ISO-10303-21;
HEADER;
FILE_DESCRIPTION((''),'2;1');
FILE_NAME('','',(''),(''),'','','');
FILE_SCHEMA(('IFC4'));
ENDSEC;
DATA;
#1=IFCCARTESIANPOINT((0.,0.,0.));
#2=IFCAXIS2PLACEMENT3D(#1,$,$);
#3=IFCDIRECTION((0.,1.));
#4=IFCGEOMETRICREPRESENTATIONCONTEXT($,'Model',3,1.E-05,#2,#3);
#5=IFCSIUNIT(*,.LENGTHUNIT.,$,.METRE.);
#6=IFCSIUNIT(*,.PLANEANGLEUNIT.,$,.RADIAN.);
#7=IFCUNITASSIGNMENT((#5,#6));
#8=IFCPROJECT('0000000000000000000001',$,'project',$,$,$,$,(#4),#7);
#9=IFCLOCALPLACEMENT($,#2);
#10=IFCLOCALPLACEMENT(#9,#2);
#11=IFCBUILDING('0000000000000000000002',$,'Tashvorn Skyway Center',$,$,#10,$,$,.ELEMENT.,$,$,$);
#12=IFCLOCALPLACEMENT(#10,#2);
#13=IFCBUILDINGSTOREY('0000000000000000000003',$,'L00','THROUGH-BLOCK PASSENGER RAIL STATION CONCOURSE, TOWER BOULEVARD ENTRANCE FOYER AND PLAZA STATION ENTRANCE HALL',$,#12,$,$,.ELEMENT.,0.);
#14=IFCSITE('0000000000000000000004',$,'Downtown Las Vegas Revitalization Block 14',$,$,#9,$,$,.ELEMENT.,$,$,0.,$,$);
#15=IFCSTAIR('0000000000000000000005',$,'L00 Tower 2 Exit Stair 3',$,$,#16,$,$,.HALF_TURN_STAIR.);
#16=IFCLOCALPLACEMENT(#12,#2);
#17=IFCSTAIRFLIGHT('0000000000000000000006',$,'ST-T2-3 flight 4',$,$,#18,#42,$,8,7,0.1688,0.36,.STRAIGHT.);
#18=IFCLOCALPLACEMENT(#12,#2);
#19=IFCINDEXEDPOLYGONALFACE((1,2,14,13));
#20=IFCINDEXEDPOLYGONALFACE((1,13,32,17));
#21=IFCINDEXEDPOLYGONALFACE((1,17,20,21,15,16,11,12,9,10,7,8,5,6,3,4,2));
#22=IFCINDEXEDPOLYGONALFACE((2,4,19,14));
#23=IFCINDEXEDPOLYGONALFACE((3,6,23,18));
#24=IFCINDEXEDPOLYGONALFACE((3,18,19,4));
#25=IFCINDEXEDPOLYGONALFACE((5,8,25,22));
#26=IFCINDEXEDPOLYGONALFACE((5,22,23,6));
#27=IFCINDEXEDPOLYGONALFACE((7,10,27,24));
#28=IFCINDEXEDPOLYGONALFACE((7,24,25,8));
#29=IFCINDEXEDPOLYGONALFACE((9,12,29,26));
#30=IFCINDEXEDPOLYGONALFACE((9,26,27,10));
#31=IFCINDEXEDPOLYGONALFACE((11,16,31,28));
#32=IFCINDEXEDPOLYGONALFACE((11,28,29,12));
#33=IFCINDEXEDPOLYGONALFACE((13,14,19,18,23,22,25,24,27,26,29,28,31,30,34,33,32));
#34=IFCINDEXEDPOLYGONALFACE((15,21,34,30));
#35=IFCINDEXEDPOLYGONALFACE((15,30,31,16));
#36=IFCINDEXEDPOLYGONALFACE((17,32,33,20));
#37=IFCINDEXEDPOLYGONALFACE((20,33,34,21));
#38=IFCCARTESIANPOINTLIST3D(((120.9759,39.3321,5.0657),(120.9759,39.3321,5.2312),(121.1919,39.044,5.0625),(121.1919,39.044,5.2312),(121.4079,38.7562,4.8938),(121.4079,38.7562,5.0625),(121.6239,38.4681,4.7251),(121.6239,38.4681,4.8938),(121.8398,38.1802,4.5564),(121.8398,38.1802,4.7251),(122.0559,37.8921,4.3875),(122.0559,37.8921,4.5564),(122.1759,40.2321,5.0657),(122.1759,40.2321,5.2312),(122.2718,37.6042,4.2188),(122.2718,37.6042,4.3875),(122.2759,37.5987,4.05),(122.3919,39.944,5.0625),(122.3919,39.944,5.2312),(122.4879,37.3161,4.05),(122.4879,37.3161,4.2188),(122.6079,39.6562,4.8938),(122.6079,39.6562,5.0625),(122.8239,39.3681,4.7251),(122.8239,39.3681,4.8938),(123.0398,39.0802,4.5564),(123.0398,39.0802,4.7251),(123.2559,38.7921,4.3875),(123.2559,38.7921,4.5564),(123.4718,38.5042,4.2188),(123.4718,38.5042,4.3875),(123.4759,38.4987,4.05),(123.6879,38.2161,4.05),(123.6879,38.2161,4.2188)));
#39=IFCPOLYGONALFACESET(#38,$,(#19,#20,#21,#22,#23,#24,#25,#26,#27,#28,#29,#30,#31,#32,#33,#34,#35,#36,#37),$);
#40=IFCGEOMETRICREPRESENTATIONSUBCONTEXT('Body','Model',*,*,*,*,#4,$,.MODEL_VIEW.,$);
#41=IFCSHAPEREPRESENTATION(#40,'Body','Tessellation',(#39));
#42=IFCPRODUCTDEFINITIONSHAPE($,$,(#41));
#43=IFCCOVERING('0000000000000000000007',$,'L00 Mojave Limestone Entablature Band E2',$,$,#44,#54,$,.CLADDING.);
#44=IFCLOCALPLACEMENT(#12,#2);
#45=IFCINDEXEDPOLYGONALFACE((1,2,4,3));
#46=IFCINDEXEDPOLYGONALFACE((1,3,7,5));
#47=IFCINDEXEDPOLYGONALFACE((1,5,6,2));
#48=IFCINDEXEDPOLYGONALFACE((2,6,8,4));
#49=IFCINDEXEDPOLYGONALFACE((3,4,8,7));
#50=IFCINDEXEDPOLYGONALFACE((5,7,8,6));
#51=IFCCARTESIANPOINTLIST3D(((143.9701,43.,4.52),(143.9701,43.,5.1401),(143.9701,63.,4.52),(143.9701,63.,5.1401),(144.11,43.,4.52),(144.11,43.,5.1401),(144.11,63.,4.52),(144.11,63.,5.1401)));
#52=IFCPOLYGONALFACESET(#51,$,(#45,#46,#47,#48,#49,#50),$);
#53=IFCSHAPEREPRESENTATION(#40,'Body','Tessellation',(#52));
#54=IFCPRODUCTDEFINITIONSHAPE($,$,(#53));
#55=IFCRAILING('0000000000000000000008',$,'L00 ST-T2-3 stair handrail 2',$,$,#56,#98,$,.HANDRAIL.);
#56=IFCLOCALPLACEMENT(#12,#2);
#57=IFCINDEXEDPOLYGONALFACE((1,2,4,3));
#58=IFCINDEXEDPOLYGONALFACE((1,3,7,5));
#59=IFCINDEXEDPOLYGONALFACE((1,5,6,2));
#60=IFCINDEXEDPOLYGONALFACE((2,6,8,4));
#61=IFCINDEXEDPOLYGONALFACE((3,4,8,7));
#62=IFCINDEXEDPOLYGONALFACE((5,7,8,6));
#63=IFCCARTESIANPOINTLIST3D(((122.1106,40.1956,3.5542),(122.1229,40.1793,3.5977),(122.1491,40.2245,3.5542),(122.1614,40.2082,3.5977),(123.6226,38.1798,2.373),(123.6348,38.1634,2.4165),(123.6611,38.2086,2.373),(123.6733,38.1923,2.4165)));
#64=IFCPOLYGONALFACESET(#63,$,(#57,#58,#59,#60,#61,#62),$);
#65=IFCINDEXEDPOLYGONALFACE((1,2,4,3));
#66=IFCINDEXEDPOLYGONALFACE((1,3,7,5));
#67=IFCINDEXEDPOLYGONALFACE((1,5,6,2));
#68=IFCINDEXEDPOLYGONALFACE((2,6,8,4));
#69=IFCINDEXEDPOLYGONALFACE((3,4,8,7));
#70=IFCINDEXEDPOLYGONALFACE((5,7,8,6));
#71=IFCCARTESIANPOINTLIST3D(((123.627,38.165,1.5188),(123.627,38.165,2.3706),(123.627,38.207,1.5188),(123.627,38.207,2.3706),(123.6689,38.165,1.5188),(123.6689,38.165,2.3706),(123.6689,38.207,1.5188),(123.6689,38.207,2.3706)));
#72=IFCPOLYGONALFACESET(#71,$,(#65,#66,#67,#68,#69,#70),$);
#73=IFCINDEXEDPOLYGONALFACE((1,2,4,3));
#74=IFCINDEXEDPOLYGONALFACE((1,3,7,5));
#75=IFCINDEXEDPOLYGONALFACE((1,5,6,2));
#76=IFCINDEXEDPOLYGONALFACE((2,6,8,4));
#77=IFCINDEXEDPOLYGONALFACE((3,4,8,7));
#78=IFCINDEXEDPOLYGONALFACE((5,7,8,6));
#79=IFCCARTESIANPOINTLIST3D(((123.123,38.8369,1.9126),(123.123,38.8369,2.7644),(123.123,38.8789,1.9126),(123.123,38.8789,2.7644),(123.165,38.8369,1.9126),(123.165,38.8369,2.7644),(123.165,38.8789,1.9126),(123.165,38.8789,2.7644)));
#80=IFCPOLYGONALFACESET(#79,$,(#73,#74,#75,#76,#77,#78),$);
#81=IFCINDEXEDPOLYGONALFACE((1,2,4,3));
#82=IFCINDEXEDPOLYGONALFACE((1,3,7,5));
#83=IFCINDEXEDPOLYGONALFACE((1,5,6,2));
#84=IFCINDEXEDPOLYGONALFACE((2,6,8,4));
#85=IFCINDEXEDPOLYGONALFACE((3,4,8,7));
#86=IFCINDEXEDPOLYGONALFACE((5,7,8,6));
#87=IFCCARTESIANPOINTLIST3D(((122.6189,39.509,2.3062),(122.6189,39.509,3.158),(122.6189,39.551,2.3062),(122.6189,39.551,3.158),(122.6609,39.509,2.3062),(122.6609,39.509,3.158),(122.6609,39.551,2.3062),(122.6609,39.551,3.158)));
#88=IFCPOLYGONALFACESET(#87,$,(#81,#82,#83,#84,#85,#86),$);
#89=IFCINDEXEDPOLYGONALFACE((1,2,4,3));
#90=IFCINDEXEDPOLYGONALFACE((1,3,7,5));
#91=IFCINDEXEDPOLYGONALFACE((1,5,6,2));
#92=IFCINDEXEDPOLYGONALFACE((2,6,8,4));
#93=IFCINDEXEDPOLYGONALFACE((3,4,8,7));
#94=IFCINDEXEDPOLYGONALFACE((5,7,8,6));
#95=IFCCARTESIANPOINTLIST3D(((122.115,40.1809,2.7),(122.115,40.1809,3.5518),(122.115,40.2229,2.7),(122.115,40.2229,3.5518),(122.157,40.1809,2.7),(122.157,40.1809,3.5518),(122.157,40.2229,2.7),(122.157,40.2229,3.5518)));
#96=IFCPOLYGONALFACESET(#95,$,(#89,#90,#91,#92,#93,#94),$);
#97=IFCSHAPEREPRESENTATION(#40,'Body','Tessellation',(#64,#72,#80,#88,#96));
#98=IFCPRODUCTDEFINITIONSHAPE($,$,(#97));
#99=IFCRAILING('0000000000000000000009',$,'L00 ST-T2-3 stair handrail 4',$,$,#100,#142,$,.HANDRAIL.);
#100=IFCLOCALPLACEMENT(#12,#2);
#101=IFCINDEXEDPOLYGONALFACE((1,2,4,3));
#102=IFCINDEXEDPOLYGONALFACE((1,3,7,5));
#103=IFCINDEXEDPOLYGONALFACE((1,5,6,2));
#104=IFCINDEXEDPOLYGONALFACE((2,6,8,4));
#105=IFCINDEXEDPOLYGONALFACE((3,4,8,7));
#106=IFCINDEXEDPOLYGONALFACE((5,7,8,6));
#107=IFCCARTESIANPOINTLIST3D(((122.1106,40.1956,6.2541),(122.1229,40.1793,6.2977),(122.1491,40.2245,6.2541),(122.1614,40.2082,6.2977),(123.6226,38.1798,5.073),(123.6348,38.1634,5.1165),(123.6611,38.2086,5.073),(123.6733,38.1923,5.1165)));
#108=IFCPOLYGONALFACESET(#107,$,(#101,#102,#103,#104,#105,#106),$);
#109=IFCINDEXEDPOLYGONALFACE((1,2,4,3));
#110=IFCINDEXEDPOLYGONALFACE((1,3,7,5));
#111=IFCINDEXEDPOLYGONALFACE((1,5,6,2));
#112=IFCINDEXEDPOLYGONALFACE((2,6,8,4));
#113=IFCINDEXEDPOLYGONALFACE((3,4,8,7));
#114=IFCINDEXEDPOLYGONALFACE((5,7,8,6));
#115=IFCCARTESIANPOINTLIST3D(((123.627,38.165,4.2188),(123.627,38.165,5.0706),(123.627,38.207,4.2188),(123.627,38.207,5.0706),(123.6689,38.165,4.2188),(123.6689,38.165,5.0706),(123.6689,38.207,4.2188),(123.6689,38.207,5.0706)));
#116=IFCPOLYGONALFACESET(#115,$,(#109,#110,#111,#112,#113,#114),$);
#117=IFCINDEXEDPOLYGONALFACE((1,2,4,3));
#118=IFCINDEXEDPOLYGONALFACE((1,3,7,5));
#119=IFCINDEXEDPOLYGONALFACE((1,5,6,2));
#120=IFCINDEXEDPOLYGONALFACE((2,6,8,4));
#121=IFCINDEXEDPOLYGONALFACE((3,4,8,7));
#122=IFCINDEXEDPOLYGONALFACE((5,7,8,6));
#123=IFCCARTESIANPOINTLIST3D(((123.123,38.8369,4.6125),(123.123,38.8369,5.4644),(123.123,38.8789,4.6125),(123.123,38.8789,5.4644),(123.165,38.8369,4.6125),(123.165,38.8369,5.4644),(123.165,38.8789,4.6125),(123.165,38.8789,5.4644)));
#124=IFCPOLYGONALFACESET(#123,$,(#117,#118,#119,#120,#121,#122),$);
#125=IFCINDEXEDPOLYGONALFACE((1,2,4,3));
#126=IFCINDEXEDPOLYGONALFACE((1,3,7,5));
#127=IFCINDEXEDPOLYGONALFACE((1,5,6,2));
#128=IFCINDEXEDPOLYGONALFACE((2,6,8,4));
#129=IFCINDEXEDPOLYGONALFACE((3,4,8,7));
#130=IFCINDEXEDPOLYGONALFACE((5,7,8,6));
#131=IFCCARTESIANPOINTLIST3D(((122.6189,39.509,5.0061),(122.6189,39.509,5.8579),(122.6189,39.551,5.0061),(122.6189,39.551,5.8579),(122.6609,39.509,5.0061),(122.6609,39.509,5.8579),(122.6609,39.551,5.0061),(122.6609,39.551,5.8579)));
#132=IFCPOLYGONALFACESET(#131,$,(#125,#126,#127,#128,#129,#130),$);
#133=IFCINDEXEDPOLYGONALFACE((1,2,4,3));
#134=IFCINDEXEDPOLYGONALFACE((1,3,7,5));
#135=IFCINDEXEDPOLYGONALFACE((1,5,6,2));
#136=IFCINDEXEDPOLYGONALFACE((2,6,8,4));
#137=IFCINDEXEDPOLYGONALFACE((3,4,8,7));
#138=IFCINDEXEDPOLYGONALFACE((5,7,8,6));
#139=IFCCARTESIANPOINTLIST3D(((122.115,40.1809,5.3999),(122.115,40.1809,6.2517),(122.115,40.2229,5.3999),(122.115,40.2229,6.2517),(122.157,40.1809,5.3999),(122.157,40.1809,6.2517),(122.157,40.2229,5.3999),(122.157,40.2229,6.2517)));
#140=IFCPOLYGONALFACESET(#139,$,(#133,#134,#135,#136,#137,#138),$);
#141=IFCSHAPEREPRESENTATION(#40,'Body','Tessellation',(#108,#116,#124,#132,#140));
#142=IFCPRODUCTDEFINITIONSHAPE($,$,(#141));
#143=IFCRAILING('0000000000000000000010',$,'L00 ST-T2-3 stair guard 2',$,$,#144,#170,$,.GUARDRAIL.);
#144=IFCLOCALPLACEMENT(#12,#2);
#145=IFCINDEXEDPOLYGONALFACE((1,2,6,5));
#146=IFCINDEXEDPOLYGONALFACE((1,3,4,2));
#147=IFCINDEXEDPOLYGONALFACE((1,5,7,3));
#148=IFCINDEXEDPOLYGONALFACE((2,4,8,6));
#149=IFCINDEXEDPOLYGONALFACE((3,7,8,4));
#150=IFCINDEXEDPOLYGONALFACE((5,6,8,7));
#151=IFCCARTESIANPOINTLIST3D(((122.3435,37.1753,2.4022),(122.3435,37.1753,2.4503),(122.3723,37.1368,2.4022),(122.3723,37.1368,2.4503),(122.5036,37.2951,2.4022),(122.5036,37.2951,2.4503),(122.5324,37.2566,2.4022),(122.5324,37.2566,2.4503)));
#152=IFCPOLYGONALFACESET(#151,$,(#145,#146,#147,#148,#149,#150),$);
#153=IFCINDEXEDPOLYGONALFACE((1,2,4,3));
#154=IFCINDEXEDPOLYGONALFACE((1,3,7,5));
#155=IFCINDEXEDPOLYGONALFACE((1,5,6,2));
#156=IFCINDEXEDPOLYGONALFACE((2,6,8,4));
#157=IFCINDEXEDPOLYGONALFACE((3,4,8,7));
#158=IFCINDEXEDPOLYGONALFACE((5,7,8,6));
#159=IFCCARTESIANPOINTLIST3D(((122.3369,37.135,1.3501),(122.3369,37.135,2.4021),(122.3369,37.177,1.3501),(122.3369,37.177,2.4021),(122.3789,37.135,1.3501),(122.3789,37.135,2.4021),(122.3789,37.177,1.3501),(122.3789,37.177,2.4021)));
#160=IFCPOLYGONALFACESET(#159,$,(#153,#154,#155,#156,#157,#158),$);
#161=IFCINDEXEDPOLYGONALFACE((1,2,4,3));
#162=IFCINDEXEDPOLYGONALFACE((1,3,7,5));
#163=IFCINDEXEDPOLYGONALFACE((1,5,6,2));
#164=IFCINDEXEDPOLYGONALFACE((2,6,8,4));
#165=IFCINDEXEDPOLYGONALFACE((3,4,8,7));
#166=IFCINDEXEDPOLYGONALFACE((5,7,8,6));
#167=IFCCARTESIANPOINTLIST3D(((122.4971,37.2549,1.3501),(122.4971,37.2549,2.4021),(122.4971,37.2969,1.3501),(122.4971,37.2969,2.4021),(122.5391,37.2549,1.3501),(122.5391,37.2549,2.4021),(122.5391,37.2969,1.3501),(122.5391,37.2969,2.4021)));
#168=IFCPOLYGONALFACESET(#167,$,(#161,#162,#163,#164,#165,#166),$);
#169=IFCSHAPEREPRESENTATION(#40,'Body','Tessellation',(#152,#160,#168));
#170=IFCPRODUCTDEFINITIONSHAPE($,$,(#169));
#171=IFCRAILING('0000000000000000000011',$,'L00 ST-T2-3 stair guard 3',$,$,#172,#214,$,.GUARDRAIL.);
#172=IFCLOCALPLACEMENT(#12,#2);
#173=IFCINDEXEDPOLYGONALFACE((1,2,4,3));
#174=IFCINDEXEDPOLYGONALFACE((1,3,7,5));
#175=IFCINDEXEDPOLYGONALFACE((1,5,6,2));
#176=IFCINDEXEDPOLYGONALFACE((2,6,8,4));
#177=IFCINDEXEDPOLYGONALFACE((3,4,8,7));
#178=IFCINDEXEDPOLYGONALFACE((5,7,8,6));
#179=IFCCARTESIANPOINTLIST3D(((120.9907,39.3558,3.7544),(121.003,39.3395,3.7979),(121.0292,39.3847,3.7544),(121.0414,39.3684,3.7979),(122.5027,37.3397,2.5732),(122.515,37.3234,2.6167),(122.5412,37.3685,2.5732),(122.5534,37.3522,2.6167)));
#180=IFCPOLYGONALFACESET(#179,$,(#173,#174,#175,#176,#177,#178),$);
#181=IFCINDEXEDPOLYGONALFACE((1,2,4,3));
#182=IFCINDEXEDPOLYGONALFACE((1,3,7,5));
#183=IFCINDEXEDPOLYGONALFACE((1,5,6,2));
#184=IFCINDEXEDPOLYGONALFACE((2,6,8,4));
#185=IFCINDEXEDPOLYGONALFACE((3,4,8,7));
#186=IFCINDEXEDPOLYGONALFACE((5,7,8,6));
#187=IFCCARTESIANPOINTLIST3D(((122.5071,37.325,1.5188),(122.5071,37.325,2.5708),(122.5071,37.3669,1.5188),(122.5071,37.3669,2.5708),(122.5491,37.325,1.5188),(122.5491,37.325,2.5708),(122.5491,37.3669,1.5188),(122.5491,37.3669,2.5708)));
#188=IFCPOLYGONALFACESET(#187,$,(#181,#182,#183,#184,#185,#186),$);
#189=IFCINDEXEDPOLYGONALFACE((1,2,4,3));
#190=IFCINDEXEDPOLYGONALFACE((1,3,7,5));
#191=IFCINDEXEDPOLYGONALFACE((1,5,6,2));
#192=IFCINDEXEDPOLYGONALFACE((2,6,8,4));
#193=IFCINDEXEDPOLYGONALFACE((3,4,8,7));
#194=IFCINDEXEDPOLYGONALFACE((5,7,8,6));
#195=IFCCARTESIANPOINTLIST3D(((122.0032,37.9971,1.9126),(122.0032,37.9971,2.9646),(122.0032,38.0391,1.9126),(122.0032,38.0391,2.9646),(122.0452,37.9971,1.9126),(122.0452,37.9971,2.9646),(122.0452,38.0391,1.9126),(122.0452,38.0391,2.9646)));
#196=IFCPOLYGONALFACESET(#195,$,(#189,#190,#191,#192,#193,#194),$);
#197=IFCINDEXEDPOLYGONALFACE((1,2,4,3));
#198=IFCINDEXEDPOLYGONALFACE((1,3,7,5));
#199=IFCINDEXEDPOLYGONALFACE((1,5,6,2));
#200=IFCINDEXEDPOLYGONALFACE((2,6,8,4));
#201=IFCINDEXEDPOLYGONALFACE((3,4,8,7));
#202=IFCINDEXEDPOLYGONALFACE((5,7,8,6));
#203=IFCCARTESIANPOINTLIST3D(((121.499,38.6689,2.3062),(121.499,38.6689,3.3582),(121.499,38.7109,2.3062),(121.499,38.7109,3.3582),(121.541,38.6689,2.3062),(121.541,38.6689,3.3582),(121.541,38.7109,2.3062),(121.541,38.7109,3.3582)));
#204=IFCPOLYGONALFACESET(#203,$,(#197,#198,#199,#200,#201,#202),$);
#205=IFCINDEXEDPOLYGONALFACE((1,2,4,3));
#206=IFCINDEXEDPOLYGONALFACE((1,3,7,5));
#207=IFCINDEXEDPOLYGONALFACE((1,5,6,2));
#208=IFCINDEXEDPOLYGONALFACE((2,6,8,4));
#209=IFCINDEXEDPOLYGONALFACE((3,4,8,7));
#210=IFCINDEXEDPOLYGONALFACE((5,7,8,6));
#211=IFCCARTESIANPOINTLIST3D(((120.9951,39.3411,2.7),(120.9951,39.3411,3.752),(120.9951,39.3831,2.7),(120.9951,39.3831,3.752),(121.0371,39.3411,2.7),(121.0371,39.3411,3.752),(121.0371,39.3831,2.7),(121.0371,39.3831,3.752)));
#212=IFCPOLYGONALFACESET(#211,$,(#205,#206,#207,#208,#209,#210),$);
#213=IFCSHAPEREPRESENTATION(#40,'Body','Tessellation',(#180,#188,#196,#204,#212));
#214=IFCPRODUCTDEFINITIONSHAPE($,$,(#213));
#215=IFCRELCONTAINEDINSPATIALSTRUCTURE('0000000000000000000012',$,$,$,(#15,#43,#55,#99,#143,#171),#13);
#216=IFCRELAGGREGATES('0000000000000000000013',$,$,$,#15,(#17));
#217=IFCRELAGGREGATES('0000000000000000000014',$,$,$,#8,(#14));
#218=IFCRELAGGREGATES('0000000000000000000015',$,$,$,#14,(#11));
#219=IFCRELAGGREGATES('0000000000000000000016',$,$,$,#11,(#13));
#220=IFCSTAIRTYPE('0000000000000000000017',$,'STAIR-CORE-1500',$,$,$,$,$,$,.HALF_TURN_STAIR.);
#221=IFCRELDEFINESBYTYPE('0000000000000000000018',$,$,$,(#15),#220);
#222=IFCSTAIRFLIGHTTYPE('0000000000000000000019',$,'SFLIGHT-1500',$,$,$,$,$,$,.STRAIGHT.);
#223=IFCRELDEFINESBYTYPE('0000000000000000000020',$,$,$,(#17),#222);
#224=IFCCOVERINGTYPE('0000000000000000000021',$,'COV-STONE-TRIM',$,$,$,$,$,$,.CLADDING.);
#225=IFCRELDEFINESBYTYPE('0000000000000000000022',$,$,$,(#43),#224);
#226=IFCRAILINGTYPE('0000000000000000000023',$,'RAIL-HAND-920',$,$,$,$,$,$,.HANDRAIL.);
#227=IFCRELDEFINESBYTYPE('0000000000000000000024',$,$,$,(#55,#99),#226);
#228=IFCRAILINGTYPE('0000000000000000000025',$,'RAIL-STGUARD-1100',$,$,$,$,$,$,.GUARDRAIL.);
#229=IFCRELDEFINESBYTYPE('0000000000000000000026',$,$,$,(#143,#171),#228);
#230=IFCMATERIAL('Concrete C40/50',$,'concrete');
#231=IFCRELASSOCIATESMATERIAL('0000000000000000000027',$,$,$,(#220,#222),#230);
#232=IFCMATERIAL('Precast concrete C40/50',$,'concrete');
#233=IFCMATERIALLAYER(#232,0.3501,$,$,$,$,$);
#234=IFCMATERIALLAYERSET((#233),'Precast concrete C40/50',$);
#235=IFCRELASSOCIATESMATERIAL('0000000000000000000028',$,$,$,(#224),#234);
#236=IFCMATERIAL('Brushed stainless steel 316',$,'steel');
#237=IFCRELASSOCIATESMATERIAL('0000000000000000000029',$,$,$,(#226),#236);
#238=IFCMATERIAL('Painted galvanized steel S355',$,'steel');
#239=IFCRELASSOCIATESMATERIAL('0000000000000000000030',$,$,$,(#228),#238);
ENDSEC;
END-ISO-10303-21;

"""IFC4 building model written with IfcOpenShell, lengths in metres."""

from ifc_helpers import new_model, si_unit, direction, frame, origin, origin_2d, place, context, subcontext, project, spatial, polyline, rectangle, outline, extrude, material, layer, layer_set, type_object, element, aggregate, save


model = new_model("IFC4")

# Units and contexts
model_context = context("Model", 3, precision=1e-05, world=origin(), true_north=direction((0.0, 1.0)))
body_context = subcontext(model_context, "Body", "Model", "MODEL_VIEW")
ifc_project = project(units=[si_unit("LENGTHUNIT", "METRE"), si_unit("PLANEANGLEUNIT", "RADIAN")], contexts=[model_context])

# Site, building, storey
site_placement = place(None, origin())
site = spatial("IfcSite", under=ifc_project, at=site_placement, Name="Downtown Las Vegas Revitalization Block 14", CompositionType="ELEMENT", RefElevation=0.0)
building_placement = place(site_placement, origin())
building = spatial("IfcBuilding", under=site, at=building_placement, Name="Tashvorn Skyway Center", CompositionType="ELEMENT")
storey_placement = place(building_placement, origin())
storey = spatial("IfcBuildingStorey", under=building, at=storey_placement, Name="L00", Description="THROUGH-BLOCK PASSENGER RAIL STATION CONCOURSE, TOWER BOULEVARD ENTRANCE FOYER AND PLAZA STATION ENTRANCE HALL", CompositionType="ELEMENT", Elevation=0.0)

# Shared definitions
ifc_material_1 = material(Name="Precast concrete C40/50", Category="concrete")

# Shared definitions
ifc_material_2 = material(Name="Concrete C40/50", Category="concrete")

# Stair, stair flight
stair_type = type_object("IfcStairType", Name="STAIR-CORE-1500", PredefinedType="HALF_TURN_STAIR", material=ifc_material_2)
stair_placement = place(storey_placement, origin())
stair = element("IfcStair", 1, at=stair_placement, inside=storey, type_object=stair_type, Name="L00 Tower 2 Exit Stair 3", PredefinedType="HALF_TURN_STAIR")
stair_flight_type = type_object("IfcStairFlightType", Name="SFLIGHT-1500", PredefinedType="STRAIGHT", material=ifc_material_2)
stair_flight_1_placement = place(storey_placement, frame((123.0879, 37.7661, 4.05), z_axis=(0.0, 0.0, 1.0), x_axis=(-0.6, 0.8, 0.0)))
stair_flight_1 = element("IfcStairFlight", 2, at=stair_flight_1_placement, type_object=stair_flight_type, Name="ST-T2-3 flight 4", NumberOfRisers=8, NumberOfTreads=7, PredefinedType="STRAIGHT", RiserHeight=0.1688, TreadLength=0.36, context=body_context, shape_type="SweptSolid", body=[
    extrude(outline(polyline([(0.0, 0.0), (0.0, 0.1687), (0.3601, 0.1687), (0.3601, 0.3374), (0.72, 0.3374), (0.72, 0.5063), (1.0801, 0.5063), (1.0801, 0.675), (1.4399, 0.675), (1.4399, 0.8438), (1.8, 0.8438), (1.8, 1.0125), (2.1599, 1.0125), (2.1599, 1.1812), (2.52, 1.1812), (2.52, 1.3501), (2.52, 1.0156), (0.3533, 0.0), (0.0, 0.0)])), frame((0.0, 0.75, 0.0), z_axis=(0.0, -1.0, 0.0), x_axis=(1.0, 0.0, 0.0)), (0.0, 0.0, 1.0), 1.5),
])
aggregate(stair, [stair_flight_1])

# Covering
ifc_layer_1 = layer(ifc_material_1, 0.3501)
ifc_layer_set_1 = layer_set([ifc_layer_1], Name="Precast concrete C40/50")
covering_type = type_object("IfcCoveringType", Name="COV-STONE-TRIM", PredefinedType="CLADDING", material=ifc_layer_set_1)
covering_placement = place(storey_placement, frame((144.04, 53.0, 4.52), z_axis=(0.0, 0.0, 1.0), x_axis=(1.0, 0.0, 0.0)))
element("IfcCovering", 3, at=covering_placement, inside=storey, type_object=covering_type, Name="L00 Mojave Limestone Entablature Band E2", PredefinedType="CLADDING", context=body_context, shape_type="SweptSolid", body=[
    extrude(rectangle(XDim=0.1399, YDim=20.0, at=origin_2d()), origin(), (0.0, 0.0, 1.0), 0.6201),
])

# Railings
ifc_material_3 = material(Name="Brushed stainless steel 316", Category="steel")
railing_type_1 = type_object("IfcRailingType", Name="RAIL-HAND-920", PredefinedType="HANDRAIL", material=ifc_material_3)
for number, where, name in (
    (4, (123.6479, 38.186, 1.5188), "L00 ST-T2-3 stair handrail 2"),
    (5, (123.6479, 38.186, 4.2188), "L00 ST-T2-3 stair handrail 4"),
):
    element("IfcRailing", number, at=place(storey_placement, frame(where)), inside=storey, type_object=railing_type_1, Name=name, PredefinedType="HANDRAIL", context=body_context, shape_type="SweptSolid", body=[
        extrude(rectangle(XDim=0.0481, YDim=0.0481, at=origin_2d()), frame((0.0, 0.0, 0.876), z_axis=(-0.543293, 0.724361, 0.424423), x_axis=(-0.799988, -0.600016, 0.0)), (0.0, 0.0, 1.0), 2.783),
        extrude(rectangle(XDim=0.042, YDim=0.042, at=origin_2d()), origin(), (0.0, 0.0, 1.0), 0.8518),
        extrude(rectangle(XDim=0.042, YDim=0.042, at=origin_2d()), frame((-0.5039, 0.6719, 0.3938)), (0.0, 0.0, 1.0), 0.8518),
        extrude(rectangle(XDim=0.042, YDim=0.042, at=origin_2d()), frame((-1.0081, 1.344, 0.7874)), (0.0, 0.0, 1.0), 0.8518),
        extrude(rectangle(XDim=0.042, YDim=0.042, at=origin_2d()), frame((-1.512, 2.0159, 1.1812)), (0.0, 0.0, 1.0), 0.8518),
    ])
ifc_material_4 = material(Name="Painted galvanized steel S355", Category="steel")
railing_type_2 = type_object("IfcRailingType", Name="RAIL-STGUARD-1100", PredefinedType="GUARDRAIL", material=ifc_material_4)
railing_1_placement = place(storey_placement, frame((122.3579, 37.156, 1.3501)))
element("IfcRailing", 6, at=railing_1_placement, inside=storey, type_object=railing_type_2, Name="L00 ST-T2-3 stair guard 2", PredefinedType="GUARDRAIL", context=body_context, shape_type="SweptSolid", body=[
    extrude(rectangle(XDim=0.0481, YDim=0.0481, at=origin_2d()), frame((0.0, 0.0, 1.0762), z_axis=(0.800585, 0.599219, 0.0), x_axis=(-0.599219, 0.800585, 0.0)), (0.0, 0.0, 1.0), 0.2),
    extrude(rectangle(XDim=0.042, YDim=0.042, at=origin_2d()), origin(), (0.0, 0.0, 1.0), 1.052),
    extrude(rectangle(XDim=0.042, YDim=0.042, at=origin_2d()), frame((0.1602, 0.1199, 0.0)), (0.0, 0.0, 1.0), 1.052),
])
railing_2_placement = place(storey_placement, frame((122.5281, 37.3459, 1.5188)))
element("IfcRailing", 7, at=railing_2_placement, inside=storey, type_object=railing_type_2, Name="L00 ST-T2-3 stair guard 3", PredefinedType="GUARDRAIL", context=body_context, shape_type="SweptSolid", body=[
    extrude(rectangle(XDim=0.0481, YDim=0.0481, at=origin_2d()), frame((0.0, 0.0, 1.0762), z_axis=(-0.543258, 0.724403, 0.424396), x_axis=(-0.800023, -0.599969, 0.0)), (0.0, 0.0, 1.0), 2.7832),
    extrude(rectangle(XDim=0.042, YDim=0.042, at=origin_2d()), origin(), (0.0, 0.0, 1.0), 1.052),
    extrude(rectangle(XDim=0.042, YDim=0.042, at=origin_2d()), frame((-0.5039, 0.6721, 0.3938)), (0.0, 0.0, 1.0), 1.052),
    extrude(rectangle(XDim=0.042, YDim=0.042, at=origin_2d()), frame((-1.0081, 1.344, 0.7874)), (0.0, 0.0, 1.0), 1.052),
    extrude(rectangle(XDim=0.042, YDim=0.042, at=origin_2d()), frame((-1.512, 2.0161, 1.1812)), (0.0, 0.0, 1.0), 1.052),
])

save(model, "model.ifc")
